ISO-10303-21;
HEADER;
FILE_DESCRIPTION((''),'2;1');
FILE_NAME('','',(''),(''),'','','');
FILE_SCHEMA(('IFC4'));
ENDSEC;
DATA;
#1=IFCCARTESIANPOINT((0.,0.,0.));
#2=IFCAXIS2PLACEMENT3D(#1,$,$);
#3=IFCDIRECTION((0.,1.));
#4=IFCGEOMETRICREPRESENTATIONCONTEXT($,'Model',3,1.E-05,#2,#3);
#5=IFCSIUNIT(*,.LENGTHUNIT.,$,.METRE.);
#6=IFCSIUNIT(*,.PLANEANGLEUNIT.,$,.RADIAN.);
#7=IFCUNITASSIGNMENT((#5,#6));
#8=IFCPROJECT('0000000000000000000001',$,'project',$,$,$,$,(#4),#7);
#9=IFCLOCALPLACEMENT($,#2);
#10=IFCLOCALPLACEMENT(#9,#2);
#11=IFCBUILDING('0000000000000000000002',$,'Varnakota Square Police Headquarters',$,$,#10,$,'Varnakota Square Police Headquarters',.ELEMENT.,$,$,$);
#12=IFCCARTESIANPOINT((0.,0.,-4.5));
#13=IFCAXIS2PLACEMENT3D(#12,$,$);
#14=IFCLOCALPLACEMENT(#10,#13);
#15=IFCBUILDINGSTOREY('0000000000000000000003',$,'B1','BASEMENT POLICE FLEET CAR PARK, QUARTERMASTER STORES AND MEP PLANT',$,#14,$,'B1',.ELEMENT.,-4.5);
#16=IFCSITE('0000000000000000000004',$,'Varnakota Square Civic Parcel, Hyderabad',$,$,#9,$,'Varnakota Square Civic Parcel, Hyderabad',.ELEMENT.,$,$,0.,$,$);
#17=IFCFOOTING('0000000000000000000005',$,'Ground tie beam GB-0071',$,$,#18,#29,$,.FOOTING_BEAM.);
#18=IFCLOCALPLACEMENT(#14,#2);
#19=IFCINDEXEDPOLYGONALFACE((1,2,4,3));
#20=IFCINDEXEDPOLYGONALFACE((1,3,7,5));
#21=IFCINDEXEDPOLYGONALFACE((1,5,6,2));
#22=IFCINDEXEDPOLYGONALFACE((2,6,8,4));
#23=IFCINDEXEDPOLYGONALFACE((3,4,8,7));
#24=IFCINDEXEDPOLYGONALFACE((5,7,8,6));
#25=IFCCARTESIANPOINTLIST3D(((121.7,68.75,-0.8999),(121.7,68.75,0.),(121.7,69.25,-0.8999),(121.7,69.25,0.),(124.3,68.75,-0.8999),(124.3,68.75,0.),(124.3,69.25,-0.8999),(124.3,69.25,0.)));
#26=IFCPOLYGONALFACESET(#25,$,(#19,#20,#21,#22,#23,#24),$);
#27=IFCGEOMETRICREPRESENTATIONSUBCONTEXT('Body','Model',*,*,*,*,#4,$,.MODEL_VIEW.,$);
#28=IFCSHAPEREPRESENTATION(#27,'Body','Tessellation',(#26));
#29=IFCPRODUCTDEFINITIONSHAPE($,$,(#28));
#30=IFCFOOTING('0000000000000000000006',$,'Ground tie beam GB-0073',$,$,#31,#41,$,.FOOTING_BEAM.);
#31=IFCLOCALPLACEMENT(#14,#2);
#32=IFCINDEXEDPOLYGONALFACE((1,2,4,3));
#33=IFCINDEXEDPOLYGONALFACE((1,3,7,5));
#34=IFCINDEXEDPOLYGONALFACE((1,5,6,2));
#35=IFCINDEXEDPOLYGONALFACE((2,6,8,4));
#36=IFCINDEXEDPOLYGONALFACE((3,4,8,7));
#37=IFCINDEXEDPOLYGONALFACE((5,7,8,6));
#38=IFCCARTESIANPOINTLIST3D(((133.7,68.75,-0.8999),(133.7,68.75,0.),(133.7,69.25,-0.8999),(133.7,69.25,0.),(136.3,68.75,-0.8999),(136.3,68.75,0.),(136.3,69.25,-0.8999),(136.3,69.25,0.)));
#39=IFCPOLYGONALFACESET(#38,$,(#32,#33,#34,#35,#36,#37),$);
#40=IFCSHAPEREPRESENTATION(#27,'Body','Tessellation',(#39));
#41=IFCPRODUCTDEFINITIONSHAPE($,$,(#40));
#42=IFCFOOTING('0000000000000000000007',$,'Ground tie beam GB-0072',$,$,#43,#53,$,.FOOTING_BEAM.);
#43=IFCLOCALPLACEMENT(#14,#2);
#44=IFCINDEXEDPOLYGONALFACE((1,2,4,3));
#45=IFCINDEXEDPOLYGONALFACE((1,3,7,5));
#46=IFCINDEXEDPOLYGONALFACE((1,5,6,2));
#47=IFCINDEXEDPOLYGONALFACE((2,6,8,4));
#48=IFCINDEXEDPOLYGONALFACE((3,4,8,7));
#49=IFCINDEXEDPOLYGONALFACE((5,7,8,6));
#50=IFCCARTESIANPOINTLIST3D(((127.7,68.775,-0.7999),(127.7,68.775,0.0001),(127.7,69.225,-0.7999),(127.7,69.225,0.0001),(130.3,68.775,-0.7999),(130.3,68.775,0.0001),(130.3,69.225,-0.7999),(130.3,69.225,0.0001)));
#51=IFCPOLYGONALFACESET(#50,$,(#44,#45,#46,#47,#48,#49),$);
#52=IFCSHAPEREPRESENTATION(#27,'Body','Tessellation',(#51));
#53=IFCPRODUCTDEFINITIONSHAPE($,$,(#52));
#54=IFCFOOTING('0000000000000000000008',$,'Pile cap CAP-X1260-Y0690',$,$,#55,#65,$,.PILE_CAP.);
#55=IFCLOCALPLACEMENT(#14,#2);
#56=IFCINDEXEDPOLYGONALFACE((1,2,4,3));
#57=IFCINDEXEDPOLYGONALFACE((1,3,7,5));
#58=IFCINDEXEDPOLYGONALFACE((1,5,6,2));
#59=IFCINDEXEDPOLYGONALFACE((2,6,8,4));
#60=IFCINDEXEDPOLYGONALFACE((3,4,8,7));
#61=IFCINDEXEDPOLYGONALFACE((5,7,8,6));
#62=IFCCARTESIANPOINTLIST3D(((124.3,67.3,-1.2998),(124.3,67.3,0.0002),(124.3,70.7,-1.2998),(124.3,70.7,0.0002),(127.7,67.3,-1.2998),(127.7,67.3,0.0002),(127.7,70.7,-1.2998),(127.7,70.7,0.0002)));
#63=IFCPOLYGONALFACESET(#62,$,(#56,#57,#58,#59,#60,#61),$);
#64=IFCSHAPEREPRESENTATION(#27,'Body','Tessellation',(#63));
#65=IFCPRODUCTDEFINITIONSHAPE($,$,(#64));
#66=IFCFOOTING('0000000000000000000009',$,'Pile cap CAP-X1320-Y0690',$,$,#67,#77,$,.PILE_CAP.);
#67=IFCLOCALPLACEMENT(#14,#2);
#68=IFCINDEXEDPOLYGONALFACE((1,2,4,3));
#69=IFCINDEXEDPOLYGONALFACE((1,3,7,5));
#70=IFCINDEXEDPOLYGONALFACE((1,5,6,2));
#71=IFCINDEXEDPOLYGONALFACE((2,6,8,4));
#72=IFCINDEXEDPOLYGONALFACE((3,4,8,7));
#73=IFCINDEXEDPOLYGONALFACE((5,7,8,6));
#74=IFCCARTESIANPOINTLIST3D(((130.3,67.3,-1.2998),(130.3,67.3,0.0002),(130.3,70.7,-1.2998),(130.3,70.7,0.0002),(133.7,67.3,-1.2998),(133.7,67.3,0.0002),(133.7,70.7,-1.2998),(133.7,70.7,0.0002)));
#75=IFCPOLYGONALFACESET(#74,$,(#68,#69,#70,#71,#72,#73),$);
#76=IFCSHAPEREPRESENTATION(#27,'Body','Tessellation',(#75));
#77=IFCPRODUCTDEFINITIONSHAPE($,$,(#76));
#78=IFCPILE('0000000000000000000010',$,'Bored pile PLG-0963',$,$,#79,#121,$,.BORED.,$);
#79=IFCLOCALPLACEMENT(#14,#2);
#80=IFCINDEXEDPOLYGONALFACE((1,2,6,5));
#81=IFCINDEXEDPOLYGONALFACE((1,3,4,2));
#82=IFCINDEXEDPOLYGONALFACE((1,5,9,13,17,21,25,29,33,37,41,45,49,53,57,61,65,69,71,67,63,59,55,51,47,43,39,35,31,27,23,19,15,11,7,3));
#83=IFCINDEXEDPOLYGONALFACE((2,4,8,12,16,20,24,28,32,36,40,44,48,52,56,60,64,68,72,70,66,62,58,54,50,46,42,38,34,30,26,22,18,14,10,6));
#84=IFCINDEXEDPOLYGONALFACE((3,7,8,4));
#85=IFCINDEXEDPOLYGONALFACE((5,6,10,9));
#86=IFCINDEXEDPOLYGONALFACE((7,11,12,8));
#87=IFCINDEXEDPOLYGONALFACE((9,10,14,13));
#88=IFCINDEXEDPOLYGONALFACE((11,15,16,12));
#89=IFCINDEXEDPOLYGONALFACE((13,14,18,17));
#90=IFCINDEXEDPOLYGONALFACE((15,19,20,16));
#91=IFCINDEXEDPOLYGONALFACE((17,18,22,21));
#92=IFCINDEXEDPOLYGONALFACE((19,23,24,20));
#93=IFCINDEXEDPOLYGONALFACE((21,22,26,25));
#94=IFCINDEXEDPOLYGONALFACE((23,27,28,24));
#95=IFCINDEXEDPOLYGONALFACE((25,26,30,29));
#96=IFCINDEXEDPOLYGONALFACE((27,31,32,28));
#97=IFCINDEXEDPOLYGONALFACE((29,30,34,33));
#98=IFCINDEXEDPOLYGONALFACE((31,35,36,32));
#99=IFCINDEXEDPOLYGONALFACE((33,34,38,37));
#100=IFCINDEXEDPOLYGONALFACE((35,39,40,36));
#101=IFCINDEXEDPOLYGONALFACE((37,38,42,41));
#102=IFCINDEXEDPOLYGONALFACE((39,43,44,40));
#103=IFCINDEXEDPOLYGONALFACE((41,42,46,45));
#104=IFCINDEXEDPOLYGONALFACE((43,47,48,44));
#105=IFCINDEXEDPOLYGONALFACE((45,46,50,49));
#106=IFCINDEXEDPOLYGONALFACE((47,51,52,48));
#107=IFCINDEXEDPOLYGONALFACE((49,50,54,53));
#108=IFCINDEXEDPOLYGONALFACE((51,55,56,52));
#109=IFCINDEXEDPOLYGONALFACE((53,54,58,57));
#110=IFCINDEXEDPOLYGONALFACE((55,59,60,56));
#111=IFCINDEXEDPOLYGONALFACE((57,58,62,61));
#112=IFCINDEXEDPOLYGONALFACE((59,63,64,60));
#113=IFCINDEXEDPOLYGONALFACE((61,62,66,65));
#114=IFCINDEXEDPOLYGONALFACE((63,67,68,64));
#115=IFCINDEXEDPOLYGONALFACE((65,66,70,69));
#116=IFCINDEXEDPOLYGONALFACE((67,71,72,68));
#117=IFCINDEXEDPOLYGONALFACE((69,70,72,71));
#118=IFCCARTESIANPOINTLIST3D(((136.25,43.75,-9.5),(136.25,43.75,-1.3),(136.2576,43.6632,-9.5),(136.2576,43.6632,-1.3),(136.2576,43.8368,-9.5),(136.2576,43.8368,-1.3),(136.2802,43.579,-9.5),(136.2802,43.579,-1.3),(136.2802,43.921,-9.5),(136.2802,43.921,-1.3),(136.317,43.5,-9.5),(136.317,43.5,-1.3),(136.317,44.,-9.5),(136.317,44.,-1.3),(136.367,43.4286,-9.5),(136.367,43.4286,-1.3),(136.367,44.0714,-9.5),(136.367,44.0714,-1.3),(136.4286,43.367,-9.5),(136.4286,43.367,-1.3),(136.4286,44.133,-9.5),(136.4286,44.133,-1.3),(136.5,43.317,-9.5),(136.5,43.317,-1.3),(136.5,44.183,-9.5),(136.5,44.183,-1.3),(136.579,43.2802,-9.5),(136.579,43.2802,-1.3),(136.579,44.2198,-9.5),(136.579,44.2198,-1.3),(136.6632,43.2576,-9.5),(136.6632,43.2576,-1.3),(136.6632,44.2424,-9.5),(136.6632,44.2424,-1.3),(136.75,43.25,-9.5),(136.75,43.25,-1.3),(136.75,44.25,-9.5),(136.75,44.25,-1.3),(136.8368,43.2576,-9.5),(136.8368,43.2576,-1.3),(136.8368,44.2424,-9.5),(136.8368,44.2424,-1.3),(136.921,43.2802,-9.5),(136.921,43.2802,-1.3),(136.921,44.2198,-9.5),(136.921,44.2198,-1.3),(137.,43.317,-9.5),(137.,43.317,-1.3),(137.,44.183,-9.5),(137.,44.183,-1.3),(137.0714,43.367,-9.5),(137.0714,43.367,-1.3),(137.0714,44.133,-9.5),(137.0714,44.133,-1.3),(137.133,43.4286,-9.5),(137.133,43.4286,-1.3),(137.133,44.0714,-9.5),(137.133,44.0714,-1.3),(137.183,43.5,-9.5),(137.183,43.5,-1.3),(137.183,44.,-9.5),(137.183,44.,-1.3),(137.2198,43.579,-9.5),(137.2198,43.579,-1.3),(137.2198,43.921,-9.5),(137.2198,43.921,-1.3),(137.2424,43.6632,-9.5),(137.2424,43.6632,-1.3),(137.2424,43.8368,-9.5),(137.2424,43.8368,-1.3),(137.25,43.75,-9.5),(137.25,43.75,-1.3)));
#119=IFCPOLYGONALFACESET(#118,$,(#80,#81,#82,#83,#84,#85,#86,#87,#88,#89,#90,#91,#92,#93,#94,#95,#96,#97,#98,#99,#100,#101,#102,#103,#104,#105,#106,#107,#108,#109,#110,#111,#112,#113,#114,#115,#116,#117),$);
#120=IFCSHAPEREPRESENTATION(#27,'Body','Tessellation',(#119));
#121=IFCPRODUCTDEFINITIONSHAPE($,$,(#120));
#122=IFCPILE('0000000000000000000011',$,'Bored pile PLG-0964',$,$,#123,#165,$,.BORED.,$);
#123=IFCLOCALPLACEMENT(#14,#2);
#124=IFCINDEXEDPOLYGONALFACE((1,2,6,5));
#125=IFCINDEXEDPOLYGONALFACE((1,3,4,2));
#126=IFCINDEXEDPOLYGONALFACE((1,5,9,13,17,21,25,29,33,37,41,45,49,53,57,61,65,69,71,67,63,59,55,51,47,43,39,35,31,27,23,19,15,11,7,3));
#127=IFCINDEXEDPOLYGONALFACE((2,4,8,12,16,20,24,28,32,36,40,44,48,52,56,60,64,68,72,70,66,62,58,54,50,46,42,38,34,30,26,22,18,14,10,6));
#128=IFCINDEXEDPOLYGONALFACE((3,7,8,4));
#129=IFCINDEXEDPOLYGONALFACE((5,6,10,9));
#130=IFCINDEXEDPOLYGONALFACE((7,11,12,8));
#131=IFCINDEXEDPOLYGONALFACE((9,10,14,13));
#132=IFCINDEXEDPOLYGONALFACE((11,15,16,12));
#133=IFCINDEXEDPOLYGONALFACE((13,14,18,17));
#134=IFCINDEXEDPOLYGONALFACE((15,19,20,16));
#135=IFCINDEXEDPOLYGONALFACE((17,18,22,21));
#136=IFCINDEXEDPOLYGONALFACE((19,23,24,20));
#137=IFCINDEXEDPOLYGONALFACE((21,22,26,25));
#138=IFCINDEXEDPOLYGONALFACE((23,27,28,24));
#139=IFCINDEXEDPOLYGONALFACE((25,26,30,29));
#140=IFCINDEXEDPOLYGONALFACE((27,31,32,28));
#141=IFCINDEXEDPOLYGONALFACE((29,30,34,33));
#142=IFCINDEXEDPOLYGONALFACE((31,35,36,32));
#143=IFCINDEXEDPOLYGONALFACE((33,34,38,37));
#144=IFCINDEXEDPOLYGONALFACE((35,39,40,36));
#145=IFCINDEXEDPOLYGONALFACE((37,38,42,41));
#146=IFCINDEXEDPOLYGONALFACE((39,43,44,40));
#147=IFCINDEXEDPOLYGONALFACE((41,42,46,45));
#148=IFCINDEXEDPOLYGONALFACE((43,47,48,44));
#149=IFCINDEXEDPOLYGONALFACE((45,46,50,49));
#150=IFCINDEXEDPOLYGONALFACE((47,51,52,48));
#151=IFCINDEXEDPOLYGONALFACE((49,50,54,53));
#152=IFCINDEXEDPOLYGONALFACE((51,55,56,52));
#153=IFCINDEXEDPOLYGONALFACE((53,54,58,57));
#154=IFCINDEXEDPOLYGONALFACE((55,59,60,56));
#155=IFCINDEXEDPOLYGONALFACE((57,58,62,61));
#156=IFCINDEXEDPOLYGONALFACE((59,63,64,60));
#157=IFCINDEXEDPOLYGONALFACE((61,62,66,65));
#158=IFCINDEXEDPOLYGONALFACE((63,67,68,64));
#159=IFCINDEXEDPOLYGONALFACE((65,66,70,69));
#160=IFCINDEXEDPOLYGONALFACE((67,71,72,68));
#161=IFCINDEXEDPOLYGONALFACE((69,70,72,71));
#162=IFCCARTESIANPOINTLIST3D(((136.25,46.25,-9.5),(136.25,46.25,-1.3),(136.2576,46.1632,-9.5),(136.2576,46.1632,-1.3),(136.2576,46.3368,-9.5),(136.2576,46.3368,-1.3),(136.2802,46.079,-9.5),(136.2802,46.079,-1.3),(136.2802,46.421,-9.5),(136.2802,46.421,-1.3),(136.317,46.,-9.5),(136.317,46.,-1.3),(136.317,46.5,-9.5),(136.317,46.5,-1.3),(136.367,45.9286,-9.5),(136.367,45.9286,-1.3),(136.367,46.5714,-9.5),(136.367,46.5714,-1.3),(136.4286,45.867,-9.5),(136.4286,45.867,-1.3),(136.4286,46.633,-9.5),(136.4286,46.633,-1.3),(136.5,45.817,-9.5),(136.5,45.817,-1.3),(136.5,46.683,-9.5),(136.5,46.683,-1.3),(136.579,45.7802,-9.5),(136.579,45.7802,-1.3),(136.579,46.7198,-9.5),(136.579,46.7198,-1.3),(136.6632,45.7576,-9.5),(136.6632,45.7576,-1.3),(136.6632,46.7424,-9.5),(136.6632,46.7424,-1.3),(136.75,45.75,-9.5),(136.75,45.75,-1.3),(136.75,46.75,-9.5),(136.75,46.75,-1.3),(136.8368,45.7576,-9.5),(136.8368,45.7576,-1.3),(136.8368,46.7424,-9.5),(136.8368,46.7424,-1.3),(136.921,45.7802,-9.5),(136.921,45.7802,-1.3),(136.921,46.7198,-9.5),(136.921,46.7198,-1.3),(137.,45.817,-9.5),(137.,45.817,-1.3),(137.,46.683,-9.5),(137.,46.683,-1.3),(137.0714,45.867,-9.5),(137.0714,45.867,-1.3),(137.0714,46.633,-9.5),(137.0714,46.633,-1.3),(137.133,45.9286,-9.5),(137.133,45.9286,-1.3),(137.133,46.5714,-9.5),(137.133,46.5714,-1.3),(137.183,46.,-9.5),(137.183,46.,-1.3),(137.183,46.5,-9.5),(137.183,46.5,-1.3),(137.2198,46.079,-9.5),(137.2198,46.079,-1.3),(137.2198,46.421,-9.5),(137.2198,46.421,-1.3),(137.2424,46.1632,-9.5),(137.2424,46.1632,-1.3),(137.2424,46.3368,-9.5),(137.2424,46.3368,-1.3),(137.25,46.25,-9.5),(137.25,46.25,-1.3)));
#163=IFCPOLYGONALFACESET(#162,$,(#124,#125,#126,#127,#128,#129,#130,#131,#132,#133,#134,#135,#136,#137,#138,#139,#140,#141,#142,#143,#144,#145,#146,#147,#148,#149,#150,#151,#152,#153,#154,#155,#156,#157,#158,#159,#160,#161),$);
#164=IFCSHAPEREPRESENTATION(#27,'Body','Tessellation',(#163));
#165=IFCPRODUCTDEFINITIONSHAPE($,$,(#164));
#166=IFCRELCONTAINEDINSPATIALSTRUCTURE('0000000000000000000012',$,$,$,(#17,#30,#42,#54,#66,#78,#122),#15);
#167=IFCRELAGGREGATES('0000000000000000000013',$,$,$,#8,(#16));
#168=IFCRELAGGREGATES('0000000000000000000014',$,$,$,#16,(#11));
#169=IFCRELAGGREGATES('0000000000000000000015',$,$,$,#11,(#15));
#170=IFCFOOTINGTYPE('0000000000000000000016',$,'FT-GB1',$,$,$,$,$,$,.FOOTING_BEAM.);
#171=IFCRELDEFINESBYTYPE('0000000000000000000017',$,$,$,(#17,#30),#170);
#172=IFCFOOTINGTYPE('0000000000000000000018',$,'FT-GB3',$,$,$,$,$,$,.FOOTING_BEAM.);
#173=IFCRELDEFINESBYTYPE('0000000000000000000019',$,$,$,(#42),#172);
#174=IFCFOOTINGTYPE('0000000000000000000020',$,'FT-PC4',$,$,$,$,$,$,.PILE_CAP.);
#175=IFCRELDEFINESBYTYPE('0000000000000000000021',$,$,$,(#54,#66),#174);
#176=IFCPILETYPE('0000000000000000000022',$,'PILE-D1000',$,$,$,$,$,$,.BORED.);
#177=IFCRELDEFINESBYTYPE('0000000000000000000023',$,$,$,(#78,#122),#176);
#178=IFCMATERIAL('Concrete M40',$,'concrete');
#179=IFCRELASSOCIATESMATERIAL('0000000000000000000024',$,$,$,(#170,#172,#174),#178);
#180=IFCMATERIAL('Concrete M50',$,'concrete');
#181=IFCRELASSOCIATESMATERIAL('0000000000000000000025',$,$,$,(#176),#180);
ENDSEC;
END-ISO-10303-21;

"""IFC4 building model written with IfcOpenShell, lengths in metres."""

from ifc_helpers import new_model, si_unit, direction, frame, origin, origin_2d, place, context, subcontext, project, spatial, rectangle, circle, extrude, material, material_profile, profile_set, type_object, element, save


model = new_model("IFC4")

# Units and contexts
model_context = context("Model", 3, precision=1e-05, world=origin(), true_north=direction((0.0, 1.0)))
body_context = subcontext(model_context, "Body", "Model", "MODEL_VIEW")
ifc_project = project(units=[si_unit("LENGTHUNIT", "METRE"), si_unit("PLANEANGLEUNIT", "RADIAN")], contexts=[model_context])

# Site, building, storey
site_placement = place(None, origin())
site = spatial("IfcSite", under=ifc_project, at=site_placement, Name="Varnakota Square Civic Parcel, Hyderabad", LongName="Varnakota Square Civic Parcel, Hyderabad", CompositionType="ELEMENT", RefElevation=0.0)
building_placement = place(site_placement, origin())
building = spatial("IfcBuilding", under=site, at=building_placement, Name="Varnakota Square Police Headquarters", LongName="Varnakota Square Police Headquarters", CompositionType="ELEMENT")
storey_placement = place(building_placement, frame((0.0, 0.0, -4.5)))
storey = spatial("IfcBuildingStorey", under=building, at=storey_placement, Name="B1", Description="BASEMENT POLICE FLEET CAR PARK, QUARTERMASTER STORES AND MEP PLANT", LongName="B1", CompositionType="ELEMENT", Elevation=-4.5)

# Footings
ifc_material_1 = material(Name="Concrete M40", Category="concrete")
ifc_material_profile_1 = material_profile(ifc_material_1, rectangle(XDim=0.5, YDim=0.8999, at=origin_2d()), Name="GB 500x900")
ifc_profile_set_1 = profile_set([ifc_material_profile_1], Name="Concrete M40")
footing_type_1 = type_object("IfcFootingType", Name="FT-GB1", PredefinedType="FOOTING_BEAM", material=ifc_profile_set_1)
for number, where, z_axis, x_axis, name in (
    (1, (121.7, 69.0, -0.45), (1.0, 0.0, 0.0), (0.0, 1.0, 0.0), "Ground tie beam GB-0071"),
    (2, (133.7, 69.0, -0.45), (1.0, 0.0, 0.0), (0.0, 1.0, 0.0), "Ground tie beam GB-0073"),
):
    element("IfcFooting", number, at=place(storey_placement, frame(where, z_axis=z_axis, x_axis=x_axis)), inside=storey, type_object=footing_type_1, Name=name, PredefinedType="FOOTING_BEAM", context=body_context, shape_type="SweptSolid", body=[
        extrude(rectangle(XDim=0.5, YDim=0.8999, at=origin_2d()), origin(), (0.0, 0.0, 1.0), 2.6001),
    ])
ifc_material_profile_2 = material_profile(ifc_material_1, rectangle(XDim=0.45, YDim=0.8, at=origin_2d()), Name="GB 450x800")
ifc_profile_set_2 = profile_set([ifc_material_profile_2], Name="Concrete M40")
footing_type_2 = type_object("IfcFootingType", Name="FT-GB3", PredefinedType="FOOTING_BEAM", material=ifc_profile_set_2)
footing_placement = place(storey_placement, frame((127.7, 69.0, -0.3999), z_axis=(1.0, 0.0, 0.0), x_axis=(0.0, 1.0, 0.0)))
element("IfcFooting", 3, at=footing_placement, inside=storey, type_object=footing_type_2, Name="Ground tie beam GB-0072", PredefinedType="FOOTING_BEAM", context=body_context, shape_type="SweptSolid", body=[
    extrude(rectangle(XDim=0.45, YDim=0.8, at=origin_2d()), origin(), (0.0, 0.0, 1.0), 2.6001),
])
footing_type_3 = type_object("IfcFootingType", Name="FT-PC4", PredefinedType="PILE_CAP", material=ifc_material_1)
for number, where, z_axis, x_axis, name in (
    (4, (126.0, 69.0, -1.2998), (0.0, 0.0, 1.0), (1.0, 0.0, 0.0), "Pile cap CAP-X1260-Y0690"),
    (5, (132.0, 69.0, -1.2998), (0.0, 0.0, 1.0), (1.0, 0.0, 0.0), "Pile cap CAP-X1320-Y0690"),
):
    element("IfcFooting", number, at=place(storey_placement, frame(where, z_axis=z_axis, x_axis=x_axis)), inside=storey, type_object=footing_type_3, Name=name, PredefinedType="PILE_CAP", context=body_context, shape_type="SweptSolid", body=[
        extrude(rectangle(XDim=3.3999, YDim=3.3999, at=origin_2d()), origin(), (0.0, 0.0, 1.0), 1.3),
    ])

# Piles
ifc_material_2 = material(Name="Concrete M50", Category="concrete")
ifc_material_profile_3 = material_profile(ifc_material_2, circle(Radius=0.5, at=origin_2d()), Name="BORED PILE 1000")
ifc_profile_set_3 = profile_set([ifc_material_profile_3], Name="Concrete M50")
pile_type_1 = type_object("IfcPileType", Name="PILE-D1000", PredefinedType="BORED", material=ifc_profile_set_3)
for number, where, z_axis, x_axis, name in (
    (6, (136.75, 43.75, -1.3), (0.0, 0.0, -1.0), (1.0, 0.0, 0.0), "Bored pile PLG-0963"),
    (7, (136.75, 46.25, -1.3), (0.0, 0.0, -1.0), (1.0, 0.0, 0.0), "Bored pile PLG-0964"),
):
    element("IfcPile", number, at=place(storey_placement, frame(where, z_axis=z_axis, x_axis=x_axis)), inside=storey, type_object=pile_type_1, Name=name, PredefinedType="BORED", context=body_context, shape_type="SweptSolid", body=[
        extrude(circle(Radius=0.5, at=origin_2d()), origin(), (0.0, 0.0, 1.0), 8.2),
    ])

save(model, "model.ifc")
